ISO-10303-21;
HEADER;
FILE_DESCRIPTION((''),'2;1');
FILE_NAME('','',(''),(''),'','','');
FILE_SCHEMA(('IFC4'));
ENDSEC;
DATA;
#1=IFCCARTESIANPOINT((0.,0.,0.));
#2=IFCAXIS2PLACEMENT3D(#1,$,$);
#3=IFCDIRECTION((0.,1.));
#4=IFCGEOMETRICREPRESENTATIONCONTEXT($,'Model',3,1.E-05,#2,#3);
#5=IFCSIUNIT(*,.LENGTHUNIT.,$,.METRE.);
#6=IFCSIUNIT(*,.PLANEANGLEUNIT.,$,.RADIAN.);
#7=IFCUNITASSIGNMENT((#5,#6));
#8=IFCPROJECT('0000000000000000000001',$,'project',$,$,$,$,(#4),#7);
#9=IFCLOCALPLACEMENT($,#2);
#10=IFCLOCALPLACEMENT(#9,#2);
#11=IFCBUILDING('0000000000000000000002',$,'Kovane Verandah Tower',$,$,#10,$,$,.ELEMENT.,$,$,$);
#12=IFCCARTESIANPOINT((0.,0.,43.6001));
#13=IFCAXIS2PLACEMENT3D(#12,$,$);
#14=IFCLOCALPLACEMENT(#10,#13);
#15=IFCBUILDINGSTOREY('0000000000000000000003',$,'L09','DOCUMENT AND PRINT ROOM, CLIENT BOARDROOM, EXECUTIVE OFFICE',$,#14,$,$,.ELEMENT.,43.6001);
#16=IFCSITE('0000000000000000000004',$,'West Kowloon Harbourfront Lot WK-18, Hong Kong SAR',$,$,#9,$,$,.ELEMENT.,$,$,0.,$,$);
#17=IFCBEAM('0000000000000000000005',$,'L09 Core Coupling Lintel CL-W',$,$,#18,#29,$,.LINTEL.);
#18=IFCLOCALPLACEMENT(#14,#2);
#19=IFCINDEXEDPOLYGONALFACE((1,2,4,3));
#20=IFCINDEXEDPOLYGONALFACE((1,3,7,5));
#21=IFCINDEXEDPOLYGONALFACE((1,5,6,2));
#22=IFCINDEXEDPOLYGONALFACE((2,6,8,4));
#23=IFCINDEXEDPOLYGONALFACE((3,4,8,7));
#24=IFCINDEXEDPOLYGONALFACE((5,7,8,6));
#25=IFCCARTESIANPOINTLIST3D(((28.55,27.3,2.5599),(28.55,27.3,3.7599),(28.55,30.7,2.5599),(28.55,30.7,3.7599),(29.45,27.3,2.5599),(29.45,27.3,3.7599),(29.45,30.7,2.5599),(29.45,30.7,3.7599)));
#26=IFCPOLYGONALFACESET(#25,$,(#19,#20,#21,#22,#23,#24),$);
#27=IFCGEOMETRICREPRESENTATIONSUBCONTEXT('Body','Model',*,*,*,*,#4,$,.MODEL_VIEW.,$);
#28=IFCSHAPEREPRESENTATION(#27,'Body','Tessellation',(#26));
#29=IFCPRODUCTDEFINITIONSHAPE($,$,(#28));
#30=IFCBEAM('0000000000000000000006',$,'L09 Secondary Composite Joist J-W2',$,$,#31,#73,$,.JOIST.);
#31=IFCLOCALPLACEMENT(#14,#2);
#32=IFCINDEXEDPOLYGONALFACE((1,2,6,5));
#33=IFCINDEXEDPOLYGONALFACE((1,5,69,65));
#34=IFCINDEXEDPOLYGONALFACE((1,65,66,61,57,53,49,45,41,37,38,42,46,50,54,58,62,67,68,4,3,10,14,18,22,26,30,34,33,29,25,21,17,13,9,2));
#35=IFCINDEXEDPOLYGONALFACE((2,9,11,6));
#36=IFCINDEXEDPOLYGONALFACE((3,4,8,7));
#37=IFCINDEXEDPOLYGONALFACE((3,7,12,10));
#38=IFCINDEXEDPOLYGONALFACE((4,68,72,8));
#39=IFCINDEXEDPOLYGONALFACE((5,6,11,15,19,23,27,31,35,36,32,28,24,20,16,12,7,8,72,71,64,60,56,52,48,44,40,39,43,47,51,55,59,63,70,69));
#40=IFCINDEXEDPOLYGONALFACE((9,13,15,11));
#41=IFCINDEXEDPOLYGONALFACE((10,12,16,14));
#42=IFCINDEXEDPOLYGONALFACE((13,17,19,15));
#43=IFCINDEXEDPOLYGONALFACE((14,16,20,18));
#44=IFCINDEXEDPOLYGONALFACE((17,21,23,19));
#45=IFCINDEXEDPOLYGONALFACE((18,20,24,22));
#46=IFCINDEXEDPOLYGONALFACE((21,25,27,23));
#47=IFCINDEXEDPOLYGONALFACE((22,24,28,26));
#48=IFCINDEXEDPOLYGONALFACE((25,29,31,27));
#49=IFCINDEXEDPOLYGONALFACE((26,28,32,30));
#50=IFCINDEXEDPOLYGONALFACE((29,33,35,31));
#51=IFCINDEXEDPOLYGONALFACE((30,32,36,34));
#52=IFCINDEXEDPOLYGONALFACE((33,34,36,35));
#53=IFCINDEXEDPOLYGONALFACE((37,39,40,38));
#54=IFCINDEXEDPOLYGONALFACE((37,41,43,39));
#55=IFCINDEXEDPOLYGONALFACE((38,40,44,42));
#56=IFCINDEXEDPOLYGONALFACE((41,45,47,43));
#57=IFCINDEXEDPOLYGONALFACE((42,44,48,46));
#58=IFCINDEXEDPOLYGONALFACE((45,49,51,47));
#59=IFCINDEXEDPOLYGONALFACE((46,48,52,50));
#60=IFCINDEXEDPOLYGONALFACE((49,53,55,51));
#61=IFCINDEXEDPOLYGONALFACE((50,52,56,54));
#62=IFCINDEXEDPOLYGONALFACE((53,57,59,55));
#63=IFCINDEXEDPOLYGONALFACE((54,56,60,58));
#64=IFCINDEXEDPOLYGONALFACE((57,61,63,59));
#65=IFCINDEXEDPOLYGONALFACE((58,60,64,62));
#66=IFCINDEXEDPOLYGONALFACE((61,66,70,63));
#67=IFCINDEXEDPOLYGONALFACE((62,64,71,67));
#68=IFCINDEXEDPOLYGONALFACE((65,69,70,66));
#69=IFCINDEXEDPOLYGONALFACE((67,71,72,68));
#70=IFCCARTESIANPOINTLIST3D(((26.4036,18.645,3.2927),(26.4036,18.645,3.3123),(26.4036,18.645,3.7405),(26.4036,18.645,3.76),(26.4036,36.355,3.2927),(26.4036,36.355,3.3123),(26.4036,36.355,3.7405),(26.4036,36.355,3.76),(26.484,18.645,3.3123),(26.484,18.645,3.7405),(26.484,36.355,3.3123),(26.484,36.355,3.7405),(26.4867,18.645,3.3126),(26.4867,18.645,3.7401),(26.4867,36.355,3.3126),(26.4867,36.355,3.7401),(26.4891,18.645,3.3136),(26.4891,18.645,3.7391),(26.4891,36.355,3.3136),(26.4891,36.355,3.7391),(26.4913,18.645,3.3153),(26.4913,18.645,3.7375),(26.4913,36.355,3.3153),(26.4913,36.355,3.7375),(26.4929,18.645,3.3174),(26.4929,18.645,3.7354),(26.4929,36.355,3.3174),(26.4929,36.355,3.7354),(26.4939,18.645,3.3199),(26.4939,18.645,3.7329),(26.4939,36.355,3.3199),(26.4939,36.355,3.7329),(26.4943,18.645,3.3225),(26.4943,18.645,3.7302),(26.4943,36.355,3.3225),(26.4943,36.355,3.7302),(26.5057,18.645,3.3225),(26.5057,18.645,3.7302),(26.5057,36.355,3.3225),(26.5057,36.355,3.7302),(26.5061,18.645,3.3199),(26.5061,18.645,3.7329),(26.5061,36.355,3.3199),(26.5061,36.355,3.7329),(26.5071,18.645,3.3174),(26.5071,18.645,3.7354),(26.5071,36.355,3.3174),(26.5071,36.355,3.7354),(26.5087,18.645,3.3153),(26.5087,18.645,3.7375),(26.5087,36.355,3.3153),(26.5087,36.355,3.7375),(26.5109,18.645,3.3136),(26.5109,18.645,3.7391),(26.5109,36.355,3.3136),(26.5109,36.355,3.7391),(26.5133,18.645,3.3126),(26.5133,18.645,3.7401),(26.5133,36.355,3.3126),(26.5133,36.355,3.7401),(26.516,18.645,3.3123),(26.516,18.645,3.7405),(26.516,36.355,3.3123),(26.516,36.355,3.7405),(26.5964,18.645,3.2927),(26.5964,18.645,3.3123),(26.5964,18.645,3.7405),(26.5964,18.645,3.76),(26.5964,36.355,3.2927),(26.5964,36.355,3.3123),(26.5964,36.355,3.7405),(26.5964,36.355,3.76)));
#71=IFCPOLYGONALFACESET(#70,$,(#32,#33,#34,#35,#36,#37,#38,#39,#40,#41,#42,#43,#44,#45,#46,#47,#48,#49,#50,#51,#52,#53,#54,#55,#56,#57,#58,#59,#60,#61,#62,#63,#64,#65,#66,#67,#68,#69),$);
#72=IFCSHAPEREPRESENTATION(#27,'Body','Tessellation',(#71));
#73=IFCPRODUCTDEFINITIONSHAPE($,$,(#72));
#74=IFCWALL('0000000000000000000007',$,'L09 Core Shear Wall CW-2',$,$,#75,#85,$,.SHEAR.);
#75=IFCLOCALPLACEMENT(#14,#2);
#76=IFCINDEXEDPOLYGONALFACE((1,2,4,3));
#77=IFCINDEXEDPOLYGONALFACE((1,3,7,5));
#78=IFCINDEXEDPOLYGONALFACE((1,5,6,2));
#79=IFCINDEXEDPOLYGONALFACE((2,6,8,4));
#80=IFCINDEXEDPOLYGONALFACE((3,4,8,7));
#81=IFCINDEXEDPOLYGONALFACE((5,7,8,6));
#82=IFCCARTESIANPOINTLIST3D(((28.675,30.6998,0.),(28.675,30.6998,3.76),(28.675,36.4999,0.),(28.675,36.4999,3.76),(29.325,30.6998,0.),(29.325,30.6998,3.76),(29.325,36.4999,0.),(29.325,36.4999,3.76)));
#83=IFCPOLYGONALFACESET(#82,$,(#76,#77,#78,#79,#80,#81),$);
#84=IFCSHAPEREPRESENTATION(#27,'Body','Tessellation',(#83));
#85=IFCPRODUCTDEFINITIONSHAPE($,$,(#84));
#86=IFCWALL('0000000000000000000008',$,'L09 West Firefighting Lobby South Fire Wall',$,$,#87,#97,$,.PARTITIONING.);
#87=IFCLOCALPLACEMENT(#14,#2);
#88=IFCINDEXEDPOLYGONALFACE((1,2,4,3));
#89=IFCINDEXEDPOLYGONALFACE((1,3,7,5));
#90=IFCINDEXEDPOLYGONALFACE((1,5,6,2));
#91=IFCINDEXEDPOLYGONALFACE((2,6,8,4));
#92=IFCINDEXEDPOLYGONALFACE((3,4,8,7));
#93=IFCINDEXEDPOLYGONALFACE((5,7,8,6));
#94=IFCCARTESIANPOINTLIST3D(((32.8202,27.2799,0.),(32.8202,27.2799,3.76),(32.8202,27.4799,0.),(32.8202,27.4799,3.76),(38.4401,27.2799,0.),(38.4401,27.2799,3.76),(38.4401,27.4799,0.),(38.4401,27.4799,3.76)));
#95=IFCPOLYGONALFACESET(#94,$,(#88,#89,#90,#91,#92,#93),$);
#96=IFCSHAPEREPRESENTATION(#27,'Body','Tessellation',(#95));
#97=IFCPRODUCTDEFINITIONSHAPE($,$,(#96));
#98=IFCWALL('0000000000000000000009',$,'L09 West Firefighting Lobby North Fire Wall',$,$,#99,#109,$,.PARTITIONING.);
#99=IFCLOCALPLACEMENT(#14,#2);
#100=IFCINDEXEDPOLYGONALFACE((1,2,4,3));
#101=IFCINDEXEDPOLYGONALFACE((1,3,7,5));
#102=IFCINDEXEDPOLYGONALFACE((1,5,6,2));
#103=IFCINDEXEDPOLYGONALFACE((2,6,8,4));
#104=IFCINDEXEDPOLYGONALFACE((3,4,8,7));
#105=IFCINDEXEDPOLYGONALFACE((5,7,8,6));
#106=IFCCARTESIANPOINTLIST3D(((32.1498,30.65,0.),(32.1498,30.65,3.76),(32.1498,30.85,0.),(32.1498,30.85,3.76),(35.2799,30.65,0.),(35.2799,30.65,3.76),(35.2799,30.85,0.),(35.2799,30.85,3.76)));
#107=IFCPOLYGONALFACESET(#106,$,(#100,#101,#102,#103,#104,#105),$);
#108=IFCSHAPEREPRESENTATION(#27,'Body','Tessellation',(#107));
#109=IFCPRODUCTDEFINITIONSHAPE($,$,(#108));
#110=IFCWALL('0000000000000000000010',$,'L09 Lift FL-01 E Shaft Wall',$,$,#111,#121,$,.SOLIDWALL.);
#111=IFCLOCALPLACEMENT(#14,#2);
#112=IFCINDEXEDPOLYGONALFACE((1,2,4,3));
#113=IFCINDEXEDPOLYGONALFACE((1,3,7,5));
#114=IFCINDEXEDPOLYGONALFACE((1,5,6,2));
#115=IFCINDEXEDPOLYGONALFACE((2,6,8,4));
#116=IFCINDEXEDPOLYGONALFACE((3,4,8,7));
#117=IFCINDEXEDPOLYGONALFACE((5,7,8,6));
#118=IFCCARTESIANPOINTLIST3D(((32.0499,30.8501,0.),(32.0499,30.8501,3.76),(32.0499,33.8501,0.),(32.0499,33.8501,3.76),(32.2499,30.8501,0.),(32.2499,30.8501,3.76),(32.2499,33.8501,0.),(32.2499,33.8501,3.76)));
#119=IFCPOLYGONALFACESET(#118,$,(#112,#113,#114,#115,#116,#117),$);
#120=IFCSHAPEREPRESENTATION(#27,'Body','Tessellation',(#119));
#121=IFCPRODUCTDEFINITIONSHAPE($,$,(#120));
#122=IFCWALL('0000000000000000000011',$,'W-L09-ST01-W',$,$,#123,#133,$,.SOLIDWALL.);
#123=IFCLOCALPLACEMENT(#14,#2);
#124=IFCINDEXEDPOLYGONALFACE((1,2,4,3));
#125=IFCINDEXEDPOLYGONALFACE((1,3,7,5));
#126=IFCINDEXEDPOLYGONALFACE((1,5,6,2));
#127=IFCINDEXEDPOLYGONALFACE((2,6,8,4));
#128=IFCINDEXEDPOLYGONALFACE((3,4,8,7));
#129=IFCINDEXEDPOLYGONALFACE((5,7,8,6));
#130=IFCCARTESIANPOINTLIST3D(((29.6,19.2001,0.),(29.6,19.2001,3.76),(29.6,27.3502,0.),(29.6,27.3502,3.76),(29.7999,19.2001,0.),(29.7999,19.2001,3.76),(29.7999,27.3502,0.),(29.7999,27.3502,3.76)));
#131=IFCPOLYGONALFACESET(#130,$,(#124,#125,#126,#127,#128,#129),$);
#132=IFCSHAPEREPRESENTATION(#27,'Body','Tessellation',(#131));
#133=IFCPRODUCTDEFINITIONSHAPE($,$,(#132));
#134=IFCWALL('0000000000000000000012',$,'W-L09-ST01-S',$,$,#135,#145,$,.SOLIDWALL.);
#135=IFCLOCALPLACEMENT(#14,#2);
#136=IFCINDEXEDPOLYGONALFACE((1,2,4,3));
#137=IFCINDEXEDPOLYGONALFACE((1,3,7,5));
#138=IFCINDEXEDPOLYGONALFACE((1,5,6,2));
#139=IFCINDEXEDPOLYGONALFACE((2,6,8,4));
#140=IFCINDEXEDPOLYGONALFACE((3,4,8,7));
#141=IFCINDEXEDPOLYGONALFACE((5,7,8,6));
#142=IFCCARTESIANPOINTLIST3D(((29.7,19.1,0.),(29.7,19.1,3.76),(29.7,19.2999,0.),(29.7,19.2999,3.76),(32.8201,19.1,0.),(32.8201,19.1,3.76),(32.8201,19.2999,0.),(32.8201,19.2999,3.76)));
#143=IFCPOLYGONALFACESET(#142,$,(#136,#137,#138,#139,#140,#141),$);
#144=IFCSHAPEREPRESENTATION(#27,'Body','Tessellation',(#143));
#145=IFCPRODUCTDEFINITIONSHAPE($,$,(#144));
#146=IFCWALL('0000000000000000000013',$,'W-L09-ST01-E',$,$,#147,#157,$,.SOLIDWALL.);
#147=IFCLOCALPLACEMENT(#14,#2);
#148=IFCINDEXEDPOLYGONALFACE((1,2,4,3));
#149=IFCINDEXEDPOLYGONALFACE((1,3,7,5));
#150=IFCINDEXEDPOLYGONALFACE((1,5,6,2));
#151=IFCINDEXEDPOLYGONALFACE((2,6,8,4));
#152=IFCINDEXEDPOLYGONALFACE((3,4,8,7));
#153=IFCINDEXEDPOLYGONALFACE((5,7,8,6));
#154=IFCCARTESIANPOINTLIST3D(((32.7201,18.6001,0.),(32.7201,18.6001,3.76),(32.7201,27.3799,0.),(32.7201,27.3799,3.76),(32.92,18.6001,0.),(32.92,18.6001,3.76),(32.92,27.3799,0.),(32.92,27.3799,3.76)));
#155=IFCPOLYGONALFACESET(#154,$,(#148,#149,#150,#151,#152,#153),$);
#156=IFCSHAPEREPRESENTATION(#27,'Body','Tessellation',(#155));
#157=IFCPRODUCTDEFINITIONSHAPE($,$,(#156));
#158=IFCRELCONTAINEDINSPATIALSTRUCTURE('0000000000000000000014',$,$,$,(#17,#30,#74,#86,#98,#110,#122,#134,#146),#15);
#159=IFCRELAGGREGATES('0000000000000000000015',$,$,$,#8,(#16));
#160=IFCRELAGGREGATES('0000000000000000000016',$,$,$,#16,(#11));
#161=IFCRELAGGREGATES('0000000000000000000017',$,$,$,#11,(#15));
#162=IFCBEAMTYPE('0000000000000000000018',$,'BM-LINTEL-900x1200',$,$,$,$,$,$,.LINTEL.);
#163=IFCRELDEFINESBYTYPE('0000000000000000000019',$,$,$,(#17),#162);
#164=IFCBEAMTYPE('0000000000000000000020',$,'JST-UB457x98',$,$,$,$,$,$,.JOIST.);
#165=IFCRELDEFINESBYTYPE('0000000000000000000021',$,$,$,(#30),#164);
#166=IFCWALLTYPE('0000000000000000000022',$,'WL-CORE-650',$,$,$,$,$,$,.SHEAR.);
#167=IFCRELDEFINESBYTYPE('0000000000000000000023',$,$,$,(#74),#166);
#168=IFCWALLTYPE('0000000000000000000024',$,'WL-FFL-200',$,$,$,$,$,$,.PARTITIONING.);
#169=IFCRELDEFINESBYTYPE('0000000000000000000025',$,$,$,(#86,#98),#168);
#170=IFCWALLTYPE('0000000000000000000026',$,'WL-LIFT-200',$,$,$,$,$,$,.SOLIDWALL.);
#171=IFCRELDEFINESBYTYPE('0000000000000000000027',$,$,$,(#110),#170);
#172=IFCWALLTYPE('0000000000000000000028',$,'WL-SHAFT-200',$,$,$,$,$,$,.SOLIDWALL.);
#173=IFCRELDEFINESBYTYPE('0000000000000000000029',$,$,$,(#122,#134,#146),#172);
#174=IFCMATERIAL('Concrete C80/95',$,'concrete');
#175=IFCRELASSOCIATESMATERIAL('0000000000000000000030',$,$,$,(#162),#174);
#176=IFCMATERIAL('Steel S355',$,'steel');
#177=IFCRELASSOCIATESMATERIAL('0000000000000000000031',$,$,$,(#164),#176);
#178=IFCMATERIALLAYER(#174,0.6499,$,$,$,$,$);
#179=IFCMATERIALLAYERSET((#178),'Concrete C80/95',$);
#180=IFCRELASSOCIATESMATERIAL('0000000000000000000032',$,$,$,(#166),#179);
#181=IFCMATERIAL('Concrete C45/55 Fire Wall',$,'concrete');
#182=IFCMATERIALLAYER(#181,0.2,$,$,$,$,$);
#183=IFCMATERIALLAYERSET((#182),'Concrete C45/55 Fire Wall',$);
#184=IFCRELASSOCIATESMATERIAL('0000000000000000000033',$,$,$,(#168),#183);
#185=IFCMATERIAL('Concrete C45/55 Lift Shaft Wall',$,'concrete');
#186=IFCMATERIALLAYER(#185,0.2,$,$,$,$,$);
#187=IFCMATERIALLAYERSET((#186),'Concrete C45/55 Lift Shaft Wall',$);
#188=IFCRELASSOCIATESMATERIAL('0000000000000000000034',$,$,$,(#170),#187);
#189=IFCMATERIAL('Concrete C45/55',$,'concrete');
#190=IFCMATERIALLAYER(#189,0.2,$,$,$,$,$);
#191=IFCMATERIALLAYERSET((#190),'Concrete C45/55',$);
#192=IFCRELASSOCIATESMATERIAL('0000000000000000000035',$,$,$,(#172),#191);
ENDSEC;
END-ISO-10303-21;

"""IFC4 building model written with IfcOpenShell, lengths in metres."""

from ifc_helpers import new_model, si_unit, direction, frame, frame_2d, origin, origin_2d, place, context, subcontext, project, spatial, rectangle, i_section, extrude, material, layer, layer_set, material_profile, profile_set, type_object, element, save


model = new_model("IFC4")

# Units and contexts
model_context = context("Model", 3, precision=1e-05, world=origin(), true_north=direction((0.0, 1.0)))
body_context = subcontext(model_context, "Body", "Model", "MODEL_VIEW")
ifc_project = project(units=[si_unit("LENGTHUNIT", "METRE"), si_unit("PLANEANGLEUNIT", "RADIAN")], contexts=[model_context])

# Site, building, storey
site_placement = place(None, origin())
site = spatial("IfcSite", under=ifc_project, at=site_placement, Name="West Kowloon Harbourfront Lot WK-18, Hong Kong SAR", CompositionType="ELEMENT", RefElevation=0.0)
building_placement = place(site_placement, origin())
building = spatial("IfcBuilding", under=site, at=building_placement, Name="Kovane Verandah Tower", CompositionType="ELEMENT")
storey_placement = place(building_placement, frame((0.0, 0.0, 43.6001)))
storey = spatial("IfcBuildingStorey", under=building, at=storey_placement, Name="L09", Description="DOCUMENT AND PRINT ROOM, CLIENT BOARDROOM, EXECUTIVE OFFICE", CompositionType="ELEMENT", Elevation=43.6001)

# Beams
ifc_material_1 = material(Name="Concrete C80/95", Category="concrete")
ifc_material_profile_1 = material_profile(ifc_material_1, rectangle(XDim=0.8999, YDim=1.2, at=origin_2d()), Name="RCB900x1200")
ifc_profile_set_1 = profile_set([ifc_material_profile_1], Name="Concrete C80/95")
beam_type_1 = type_object("IfcBeamType", Name="BM-LINTEL-900x1200", PredefinedType="LINTEL", material=ifc_profile_set_1)
beam_1_placement = place(storey_placement, frame((29.0, 27.3, 3.1599), z_axis=(0.0, 1.0, 0.0), x_axis=(-1.0, 0.0, 0.0)))
element("IfcBeam", 1, at=beam_1_placement, inside=storey, type_object=beam_type_1, Name="L09 Core Coupling Lintel CL-W", PredefinedType="LINTEL", context=body_context, shape_type="SweptSolid", body=[
    extrude(rectangle(XDim=0.8999, YDim=1.2, at=origin_2d()), origin(), (0.0, 0.0, 1.0), 3.3999),
])
ifc_material_2 = material(Name="Steel S355", Category="steel")
ifc_material_profile_2 = material_profile(ifc_material_2, i_section(OverallWidth=0.1929, OverallDepth=0.4673, WebThickness=0.0115, FlangeThickness=0.0195, FilletRadius=0.0103, at=origin_2d()), Name="UB457x191x98")
ifc_profile_set_2 = profile_set([ifc_material_profile_2], Name="Steel S355")
beam_type_2 = type_object("IfcBeamType", Name="JST-UB457x98", PredefinedType="JOIST", material=ifc_profile_set_2)
beam_2_placement = place(storey_placement, frame((26.5, 18.645, 3.5264), z_axis=(0.0, 1.0, 0.0), x_axis=(-1.0, 0.0, 0.0)))
element("IfcBeam", 2, at=beam_2_placement, inside=storey, type_object=beam_type_2, Name="L09 Secondary Composite Joist J-W2", PredefinedType="JOIST", context=body_context, shape_type="SweptSolid", body=[
    extrude(i_section(OverallWidth=0.1929, OverallDepth=0.4673, WebThickness=0.0115, FlangeThickness=0.0195, FilletRadius=0.0103, at=origin_2d()), origin(), (0.0, 0.0, 1.0), 17.71),
])

# Wall
ifc_layer_1 = layer(ifc_material_1, 0.6499)
ifc_layer_set_1 = layer_set([ifc_layer_1], Name="Concrete C80/95")
wall_type_1 = type_object("IfcWallType", Name="WL-CORE-650", PredefinedType="SHEAR", material=ifc_layer_set_1)
wall_1_placement = place(storey_placement, frame((29.0, 30.7, 0.0), z_axis=(0.0, 0.0, 1.0), x_axis=(0.0, 1.0, 0.0)))
element("IfcWall", 3, at=wall_1_placement, inside=storey, type_object=wall_type_1, Name="L09 Core Shear Wall CW-2", PredefinedType="SHEAR", context=body_context, shape_type="SweptSolid", body=[
    extrude(rectangle(XDim=5.8, YDim=0.6499, at=frame_2d((2.8999, 0.0))), origin(), (0.0, 0.0, 1.0), 3.76),
])

# Shared definitions
ifc_material_3 = material(Name="Concrete C45/55 Fire Wall", Category="concrete")
ifc_layer_2 = layer(ifc_material_3, 0.2)
ifc_layer_set_2 = layer_set([ifc_layer_2], Name="Concrete C45/55 Fire Wall")
wall_type_2 = type_object("IfcWallType", Name="WL-FFL-200", PredefinedType="PARTITIONING", material=ifc_layer_set_2)

# Walls
wall_2_placement = place(storey_placement, frame((32.8201, 27.3799, 0.0), z_axis=(0.0, 0.0, 1.0), x_axis=(1.0, 0.0, 0.0)))
element("IfcWall", 4, at=wall_2_placement, inside=storey, type_object=wall_type_2, Name="L09 West Firefighting Lobby South Fire Wall", PredefinedType="PARTITIONING", context=body_context, shape_type="SweptSolid", body=[
    extrude(rectangle(XDim=5.6199, YDim=0.2, at=frame_2d((2.8101, 0.0))), origin(), (0.0, 0.0, 1.0), 3.76),
])
wall_3_placement = place(storey_placement, frame((32.1499, 30.75, 0.0), z_axis=(0.0, 0.0, 1.0), x_axis=(1.0, 0.0, 0.0)))
element("IfcWall", 5, at=wall_3_placement, inside=storey, type_object=wall_type_2, Name="L09 West Firefighting Lobby North Fire Wall", PredefinedType="PARTITIONING", context=body_context, shape_type="SweptSolid", body=[
    extrude(rectangle(XDim=3.1301, YDim=0.2, at=frame_2d((1.5649, 0.0))), origin(), (0.0, 0.0, 1.0), 3.76),
])

# Shared definitions
ifc_material_4 = material(Name="Concrete C45/55 Lift Shaft Wall", Category="concrete")
ifc_layer_3 = layer(ifc_material_4, 0.2)
ifc_layer_set_3 = layer_set([ifc_layer_3], Name="Concrete C45/55 Lift Shaft Wall")
wall_type_3 = type_object("IfcWallType", Name="WL-LIFT-200", PredefinedType="SOLIDWALL", material=ifc_layer_set_3)

# Walls
wall_4_placement = place(storey_placement, frame((32.1499, 30.8501, 0.0), z_axis=(0.0, 0.0, 1.0), x_axis=(0.0, 1.0, 0.0)))
element("IfcWall", 6, at=wall_4_placement, inside=storey, type_object=wall_type_3, Name="L09 Lift FL-01 E Shaft Wall", PredefinedType="SOLIDWALL", context=body_context, shape_type="SweptSolid", body=[
    extrude(rectangle(XDim=3.0, YDim=0.2, at=frame_2d((1.5, 0.0))), origin(), (0.0, 0.0, 1.0), 3.76),
])
ifc_material_5 = material(Name="Concrete C45/55", Category="concrete")
ifc_layer_4 = layer(ifc_material_5, 0.2)
ifc_layer_set_4 = layer_set([ifc_layer_4], Name="Concrete C45/55")
wall_type_4 = type_object("IfcWallType", Name="WL-SHAFT-200", PredefinedType="SOLIDWALL", material=ifc_layer_set_4)
wall_5_placement = place(storey_placement, frame((29.7, 19.2, 0.0), z_axis=(0.0, 0.0, 1.0), x_axis=(0.0, 1.0, 0.0)))
element("IfcWall", 7, at=wall_5_placement, inside=storey, type_object=wall_type_4, Name="W-L09-ST01-W", PredefinedType="SOLIDWALL", context=body_context, shape_type="SweptSolid", body=[
    extrude(rectangle(XDim=8.1501, YDim=0.2, at=frame_2d((4.0752, 0.0))), origin(), (0.0, 0.0, 1.0), 3.76),
])
wall_6_placement = place(storey_placement, frame((29.7, 19.2, 0.0), z_axis=(0.0, 0.0, 1.0), x_axis=(1.0, 0.0, 0.0)))
element("IfcWall", 8, at=wall_6_placement, inside=storey, type_object=wall_type_4, Name="W-L09-ST01-S", PredefinedType="SOLIDWALL", context=body_context, shape_type="SweptSolid", body=[
    extrude(rectangle(XDim=3.1201, YDim=0.2, at=frame_2d((1.5601, 0.0))), origin(), (0.0, 0.0, 1.0), 3.76),
])
wall_7_placement = place(storey_placement, frame((32.8201, 18.6001, 0.0), z_axis=(0.0, 0.0, 1.0), x_axis=(0.0, 1.0, 0.0)))
element("IfcWall", 9, at=wall_7_placement, inside=storey, type_object=wall_type_4, Name="W-L09-ST01-E", PredefinedType="SOLIDWALL", context=body_context, shape_type="SweptSolid", body=[
    extrude(rectangle(XDim=8.7798, YDim=0.2, at=frame_2d((4.3899, 0.0))), origin(), (0.0, 0.0, 1.0), 3.76),
])

save(model, "model.ifc")
